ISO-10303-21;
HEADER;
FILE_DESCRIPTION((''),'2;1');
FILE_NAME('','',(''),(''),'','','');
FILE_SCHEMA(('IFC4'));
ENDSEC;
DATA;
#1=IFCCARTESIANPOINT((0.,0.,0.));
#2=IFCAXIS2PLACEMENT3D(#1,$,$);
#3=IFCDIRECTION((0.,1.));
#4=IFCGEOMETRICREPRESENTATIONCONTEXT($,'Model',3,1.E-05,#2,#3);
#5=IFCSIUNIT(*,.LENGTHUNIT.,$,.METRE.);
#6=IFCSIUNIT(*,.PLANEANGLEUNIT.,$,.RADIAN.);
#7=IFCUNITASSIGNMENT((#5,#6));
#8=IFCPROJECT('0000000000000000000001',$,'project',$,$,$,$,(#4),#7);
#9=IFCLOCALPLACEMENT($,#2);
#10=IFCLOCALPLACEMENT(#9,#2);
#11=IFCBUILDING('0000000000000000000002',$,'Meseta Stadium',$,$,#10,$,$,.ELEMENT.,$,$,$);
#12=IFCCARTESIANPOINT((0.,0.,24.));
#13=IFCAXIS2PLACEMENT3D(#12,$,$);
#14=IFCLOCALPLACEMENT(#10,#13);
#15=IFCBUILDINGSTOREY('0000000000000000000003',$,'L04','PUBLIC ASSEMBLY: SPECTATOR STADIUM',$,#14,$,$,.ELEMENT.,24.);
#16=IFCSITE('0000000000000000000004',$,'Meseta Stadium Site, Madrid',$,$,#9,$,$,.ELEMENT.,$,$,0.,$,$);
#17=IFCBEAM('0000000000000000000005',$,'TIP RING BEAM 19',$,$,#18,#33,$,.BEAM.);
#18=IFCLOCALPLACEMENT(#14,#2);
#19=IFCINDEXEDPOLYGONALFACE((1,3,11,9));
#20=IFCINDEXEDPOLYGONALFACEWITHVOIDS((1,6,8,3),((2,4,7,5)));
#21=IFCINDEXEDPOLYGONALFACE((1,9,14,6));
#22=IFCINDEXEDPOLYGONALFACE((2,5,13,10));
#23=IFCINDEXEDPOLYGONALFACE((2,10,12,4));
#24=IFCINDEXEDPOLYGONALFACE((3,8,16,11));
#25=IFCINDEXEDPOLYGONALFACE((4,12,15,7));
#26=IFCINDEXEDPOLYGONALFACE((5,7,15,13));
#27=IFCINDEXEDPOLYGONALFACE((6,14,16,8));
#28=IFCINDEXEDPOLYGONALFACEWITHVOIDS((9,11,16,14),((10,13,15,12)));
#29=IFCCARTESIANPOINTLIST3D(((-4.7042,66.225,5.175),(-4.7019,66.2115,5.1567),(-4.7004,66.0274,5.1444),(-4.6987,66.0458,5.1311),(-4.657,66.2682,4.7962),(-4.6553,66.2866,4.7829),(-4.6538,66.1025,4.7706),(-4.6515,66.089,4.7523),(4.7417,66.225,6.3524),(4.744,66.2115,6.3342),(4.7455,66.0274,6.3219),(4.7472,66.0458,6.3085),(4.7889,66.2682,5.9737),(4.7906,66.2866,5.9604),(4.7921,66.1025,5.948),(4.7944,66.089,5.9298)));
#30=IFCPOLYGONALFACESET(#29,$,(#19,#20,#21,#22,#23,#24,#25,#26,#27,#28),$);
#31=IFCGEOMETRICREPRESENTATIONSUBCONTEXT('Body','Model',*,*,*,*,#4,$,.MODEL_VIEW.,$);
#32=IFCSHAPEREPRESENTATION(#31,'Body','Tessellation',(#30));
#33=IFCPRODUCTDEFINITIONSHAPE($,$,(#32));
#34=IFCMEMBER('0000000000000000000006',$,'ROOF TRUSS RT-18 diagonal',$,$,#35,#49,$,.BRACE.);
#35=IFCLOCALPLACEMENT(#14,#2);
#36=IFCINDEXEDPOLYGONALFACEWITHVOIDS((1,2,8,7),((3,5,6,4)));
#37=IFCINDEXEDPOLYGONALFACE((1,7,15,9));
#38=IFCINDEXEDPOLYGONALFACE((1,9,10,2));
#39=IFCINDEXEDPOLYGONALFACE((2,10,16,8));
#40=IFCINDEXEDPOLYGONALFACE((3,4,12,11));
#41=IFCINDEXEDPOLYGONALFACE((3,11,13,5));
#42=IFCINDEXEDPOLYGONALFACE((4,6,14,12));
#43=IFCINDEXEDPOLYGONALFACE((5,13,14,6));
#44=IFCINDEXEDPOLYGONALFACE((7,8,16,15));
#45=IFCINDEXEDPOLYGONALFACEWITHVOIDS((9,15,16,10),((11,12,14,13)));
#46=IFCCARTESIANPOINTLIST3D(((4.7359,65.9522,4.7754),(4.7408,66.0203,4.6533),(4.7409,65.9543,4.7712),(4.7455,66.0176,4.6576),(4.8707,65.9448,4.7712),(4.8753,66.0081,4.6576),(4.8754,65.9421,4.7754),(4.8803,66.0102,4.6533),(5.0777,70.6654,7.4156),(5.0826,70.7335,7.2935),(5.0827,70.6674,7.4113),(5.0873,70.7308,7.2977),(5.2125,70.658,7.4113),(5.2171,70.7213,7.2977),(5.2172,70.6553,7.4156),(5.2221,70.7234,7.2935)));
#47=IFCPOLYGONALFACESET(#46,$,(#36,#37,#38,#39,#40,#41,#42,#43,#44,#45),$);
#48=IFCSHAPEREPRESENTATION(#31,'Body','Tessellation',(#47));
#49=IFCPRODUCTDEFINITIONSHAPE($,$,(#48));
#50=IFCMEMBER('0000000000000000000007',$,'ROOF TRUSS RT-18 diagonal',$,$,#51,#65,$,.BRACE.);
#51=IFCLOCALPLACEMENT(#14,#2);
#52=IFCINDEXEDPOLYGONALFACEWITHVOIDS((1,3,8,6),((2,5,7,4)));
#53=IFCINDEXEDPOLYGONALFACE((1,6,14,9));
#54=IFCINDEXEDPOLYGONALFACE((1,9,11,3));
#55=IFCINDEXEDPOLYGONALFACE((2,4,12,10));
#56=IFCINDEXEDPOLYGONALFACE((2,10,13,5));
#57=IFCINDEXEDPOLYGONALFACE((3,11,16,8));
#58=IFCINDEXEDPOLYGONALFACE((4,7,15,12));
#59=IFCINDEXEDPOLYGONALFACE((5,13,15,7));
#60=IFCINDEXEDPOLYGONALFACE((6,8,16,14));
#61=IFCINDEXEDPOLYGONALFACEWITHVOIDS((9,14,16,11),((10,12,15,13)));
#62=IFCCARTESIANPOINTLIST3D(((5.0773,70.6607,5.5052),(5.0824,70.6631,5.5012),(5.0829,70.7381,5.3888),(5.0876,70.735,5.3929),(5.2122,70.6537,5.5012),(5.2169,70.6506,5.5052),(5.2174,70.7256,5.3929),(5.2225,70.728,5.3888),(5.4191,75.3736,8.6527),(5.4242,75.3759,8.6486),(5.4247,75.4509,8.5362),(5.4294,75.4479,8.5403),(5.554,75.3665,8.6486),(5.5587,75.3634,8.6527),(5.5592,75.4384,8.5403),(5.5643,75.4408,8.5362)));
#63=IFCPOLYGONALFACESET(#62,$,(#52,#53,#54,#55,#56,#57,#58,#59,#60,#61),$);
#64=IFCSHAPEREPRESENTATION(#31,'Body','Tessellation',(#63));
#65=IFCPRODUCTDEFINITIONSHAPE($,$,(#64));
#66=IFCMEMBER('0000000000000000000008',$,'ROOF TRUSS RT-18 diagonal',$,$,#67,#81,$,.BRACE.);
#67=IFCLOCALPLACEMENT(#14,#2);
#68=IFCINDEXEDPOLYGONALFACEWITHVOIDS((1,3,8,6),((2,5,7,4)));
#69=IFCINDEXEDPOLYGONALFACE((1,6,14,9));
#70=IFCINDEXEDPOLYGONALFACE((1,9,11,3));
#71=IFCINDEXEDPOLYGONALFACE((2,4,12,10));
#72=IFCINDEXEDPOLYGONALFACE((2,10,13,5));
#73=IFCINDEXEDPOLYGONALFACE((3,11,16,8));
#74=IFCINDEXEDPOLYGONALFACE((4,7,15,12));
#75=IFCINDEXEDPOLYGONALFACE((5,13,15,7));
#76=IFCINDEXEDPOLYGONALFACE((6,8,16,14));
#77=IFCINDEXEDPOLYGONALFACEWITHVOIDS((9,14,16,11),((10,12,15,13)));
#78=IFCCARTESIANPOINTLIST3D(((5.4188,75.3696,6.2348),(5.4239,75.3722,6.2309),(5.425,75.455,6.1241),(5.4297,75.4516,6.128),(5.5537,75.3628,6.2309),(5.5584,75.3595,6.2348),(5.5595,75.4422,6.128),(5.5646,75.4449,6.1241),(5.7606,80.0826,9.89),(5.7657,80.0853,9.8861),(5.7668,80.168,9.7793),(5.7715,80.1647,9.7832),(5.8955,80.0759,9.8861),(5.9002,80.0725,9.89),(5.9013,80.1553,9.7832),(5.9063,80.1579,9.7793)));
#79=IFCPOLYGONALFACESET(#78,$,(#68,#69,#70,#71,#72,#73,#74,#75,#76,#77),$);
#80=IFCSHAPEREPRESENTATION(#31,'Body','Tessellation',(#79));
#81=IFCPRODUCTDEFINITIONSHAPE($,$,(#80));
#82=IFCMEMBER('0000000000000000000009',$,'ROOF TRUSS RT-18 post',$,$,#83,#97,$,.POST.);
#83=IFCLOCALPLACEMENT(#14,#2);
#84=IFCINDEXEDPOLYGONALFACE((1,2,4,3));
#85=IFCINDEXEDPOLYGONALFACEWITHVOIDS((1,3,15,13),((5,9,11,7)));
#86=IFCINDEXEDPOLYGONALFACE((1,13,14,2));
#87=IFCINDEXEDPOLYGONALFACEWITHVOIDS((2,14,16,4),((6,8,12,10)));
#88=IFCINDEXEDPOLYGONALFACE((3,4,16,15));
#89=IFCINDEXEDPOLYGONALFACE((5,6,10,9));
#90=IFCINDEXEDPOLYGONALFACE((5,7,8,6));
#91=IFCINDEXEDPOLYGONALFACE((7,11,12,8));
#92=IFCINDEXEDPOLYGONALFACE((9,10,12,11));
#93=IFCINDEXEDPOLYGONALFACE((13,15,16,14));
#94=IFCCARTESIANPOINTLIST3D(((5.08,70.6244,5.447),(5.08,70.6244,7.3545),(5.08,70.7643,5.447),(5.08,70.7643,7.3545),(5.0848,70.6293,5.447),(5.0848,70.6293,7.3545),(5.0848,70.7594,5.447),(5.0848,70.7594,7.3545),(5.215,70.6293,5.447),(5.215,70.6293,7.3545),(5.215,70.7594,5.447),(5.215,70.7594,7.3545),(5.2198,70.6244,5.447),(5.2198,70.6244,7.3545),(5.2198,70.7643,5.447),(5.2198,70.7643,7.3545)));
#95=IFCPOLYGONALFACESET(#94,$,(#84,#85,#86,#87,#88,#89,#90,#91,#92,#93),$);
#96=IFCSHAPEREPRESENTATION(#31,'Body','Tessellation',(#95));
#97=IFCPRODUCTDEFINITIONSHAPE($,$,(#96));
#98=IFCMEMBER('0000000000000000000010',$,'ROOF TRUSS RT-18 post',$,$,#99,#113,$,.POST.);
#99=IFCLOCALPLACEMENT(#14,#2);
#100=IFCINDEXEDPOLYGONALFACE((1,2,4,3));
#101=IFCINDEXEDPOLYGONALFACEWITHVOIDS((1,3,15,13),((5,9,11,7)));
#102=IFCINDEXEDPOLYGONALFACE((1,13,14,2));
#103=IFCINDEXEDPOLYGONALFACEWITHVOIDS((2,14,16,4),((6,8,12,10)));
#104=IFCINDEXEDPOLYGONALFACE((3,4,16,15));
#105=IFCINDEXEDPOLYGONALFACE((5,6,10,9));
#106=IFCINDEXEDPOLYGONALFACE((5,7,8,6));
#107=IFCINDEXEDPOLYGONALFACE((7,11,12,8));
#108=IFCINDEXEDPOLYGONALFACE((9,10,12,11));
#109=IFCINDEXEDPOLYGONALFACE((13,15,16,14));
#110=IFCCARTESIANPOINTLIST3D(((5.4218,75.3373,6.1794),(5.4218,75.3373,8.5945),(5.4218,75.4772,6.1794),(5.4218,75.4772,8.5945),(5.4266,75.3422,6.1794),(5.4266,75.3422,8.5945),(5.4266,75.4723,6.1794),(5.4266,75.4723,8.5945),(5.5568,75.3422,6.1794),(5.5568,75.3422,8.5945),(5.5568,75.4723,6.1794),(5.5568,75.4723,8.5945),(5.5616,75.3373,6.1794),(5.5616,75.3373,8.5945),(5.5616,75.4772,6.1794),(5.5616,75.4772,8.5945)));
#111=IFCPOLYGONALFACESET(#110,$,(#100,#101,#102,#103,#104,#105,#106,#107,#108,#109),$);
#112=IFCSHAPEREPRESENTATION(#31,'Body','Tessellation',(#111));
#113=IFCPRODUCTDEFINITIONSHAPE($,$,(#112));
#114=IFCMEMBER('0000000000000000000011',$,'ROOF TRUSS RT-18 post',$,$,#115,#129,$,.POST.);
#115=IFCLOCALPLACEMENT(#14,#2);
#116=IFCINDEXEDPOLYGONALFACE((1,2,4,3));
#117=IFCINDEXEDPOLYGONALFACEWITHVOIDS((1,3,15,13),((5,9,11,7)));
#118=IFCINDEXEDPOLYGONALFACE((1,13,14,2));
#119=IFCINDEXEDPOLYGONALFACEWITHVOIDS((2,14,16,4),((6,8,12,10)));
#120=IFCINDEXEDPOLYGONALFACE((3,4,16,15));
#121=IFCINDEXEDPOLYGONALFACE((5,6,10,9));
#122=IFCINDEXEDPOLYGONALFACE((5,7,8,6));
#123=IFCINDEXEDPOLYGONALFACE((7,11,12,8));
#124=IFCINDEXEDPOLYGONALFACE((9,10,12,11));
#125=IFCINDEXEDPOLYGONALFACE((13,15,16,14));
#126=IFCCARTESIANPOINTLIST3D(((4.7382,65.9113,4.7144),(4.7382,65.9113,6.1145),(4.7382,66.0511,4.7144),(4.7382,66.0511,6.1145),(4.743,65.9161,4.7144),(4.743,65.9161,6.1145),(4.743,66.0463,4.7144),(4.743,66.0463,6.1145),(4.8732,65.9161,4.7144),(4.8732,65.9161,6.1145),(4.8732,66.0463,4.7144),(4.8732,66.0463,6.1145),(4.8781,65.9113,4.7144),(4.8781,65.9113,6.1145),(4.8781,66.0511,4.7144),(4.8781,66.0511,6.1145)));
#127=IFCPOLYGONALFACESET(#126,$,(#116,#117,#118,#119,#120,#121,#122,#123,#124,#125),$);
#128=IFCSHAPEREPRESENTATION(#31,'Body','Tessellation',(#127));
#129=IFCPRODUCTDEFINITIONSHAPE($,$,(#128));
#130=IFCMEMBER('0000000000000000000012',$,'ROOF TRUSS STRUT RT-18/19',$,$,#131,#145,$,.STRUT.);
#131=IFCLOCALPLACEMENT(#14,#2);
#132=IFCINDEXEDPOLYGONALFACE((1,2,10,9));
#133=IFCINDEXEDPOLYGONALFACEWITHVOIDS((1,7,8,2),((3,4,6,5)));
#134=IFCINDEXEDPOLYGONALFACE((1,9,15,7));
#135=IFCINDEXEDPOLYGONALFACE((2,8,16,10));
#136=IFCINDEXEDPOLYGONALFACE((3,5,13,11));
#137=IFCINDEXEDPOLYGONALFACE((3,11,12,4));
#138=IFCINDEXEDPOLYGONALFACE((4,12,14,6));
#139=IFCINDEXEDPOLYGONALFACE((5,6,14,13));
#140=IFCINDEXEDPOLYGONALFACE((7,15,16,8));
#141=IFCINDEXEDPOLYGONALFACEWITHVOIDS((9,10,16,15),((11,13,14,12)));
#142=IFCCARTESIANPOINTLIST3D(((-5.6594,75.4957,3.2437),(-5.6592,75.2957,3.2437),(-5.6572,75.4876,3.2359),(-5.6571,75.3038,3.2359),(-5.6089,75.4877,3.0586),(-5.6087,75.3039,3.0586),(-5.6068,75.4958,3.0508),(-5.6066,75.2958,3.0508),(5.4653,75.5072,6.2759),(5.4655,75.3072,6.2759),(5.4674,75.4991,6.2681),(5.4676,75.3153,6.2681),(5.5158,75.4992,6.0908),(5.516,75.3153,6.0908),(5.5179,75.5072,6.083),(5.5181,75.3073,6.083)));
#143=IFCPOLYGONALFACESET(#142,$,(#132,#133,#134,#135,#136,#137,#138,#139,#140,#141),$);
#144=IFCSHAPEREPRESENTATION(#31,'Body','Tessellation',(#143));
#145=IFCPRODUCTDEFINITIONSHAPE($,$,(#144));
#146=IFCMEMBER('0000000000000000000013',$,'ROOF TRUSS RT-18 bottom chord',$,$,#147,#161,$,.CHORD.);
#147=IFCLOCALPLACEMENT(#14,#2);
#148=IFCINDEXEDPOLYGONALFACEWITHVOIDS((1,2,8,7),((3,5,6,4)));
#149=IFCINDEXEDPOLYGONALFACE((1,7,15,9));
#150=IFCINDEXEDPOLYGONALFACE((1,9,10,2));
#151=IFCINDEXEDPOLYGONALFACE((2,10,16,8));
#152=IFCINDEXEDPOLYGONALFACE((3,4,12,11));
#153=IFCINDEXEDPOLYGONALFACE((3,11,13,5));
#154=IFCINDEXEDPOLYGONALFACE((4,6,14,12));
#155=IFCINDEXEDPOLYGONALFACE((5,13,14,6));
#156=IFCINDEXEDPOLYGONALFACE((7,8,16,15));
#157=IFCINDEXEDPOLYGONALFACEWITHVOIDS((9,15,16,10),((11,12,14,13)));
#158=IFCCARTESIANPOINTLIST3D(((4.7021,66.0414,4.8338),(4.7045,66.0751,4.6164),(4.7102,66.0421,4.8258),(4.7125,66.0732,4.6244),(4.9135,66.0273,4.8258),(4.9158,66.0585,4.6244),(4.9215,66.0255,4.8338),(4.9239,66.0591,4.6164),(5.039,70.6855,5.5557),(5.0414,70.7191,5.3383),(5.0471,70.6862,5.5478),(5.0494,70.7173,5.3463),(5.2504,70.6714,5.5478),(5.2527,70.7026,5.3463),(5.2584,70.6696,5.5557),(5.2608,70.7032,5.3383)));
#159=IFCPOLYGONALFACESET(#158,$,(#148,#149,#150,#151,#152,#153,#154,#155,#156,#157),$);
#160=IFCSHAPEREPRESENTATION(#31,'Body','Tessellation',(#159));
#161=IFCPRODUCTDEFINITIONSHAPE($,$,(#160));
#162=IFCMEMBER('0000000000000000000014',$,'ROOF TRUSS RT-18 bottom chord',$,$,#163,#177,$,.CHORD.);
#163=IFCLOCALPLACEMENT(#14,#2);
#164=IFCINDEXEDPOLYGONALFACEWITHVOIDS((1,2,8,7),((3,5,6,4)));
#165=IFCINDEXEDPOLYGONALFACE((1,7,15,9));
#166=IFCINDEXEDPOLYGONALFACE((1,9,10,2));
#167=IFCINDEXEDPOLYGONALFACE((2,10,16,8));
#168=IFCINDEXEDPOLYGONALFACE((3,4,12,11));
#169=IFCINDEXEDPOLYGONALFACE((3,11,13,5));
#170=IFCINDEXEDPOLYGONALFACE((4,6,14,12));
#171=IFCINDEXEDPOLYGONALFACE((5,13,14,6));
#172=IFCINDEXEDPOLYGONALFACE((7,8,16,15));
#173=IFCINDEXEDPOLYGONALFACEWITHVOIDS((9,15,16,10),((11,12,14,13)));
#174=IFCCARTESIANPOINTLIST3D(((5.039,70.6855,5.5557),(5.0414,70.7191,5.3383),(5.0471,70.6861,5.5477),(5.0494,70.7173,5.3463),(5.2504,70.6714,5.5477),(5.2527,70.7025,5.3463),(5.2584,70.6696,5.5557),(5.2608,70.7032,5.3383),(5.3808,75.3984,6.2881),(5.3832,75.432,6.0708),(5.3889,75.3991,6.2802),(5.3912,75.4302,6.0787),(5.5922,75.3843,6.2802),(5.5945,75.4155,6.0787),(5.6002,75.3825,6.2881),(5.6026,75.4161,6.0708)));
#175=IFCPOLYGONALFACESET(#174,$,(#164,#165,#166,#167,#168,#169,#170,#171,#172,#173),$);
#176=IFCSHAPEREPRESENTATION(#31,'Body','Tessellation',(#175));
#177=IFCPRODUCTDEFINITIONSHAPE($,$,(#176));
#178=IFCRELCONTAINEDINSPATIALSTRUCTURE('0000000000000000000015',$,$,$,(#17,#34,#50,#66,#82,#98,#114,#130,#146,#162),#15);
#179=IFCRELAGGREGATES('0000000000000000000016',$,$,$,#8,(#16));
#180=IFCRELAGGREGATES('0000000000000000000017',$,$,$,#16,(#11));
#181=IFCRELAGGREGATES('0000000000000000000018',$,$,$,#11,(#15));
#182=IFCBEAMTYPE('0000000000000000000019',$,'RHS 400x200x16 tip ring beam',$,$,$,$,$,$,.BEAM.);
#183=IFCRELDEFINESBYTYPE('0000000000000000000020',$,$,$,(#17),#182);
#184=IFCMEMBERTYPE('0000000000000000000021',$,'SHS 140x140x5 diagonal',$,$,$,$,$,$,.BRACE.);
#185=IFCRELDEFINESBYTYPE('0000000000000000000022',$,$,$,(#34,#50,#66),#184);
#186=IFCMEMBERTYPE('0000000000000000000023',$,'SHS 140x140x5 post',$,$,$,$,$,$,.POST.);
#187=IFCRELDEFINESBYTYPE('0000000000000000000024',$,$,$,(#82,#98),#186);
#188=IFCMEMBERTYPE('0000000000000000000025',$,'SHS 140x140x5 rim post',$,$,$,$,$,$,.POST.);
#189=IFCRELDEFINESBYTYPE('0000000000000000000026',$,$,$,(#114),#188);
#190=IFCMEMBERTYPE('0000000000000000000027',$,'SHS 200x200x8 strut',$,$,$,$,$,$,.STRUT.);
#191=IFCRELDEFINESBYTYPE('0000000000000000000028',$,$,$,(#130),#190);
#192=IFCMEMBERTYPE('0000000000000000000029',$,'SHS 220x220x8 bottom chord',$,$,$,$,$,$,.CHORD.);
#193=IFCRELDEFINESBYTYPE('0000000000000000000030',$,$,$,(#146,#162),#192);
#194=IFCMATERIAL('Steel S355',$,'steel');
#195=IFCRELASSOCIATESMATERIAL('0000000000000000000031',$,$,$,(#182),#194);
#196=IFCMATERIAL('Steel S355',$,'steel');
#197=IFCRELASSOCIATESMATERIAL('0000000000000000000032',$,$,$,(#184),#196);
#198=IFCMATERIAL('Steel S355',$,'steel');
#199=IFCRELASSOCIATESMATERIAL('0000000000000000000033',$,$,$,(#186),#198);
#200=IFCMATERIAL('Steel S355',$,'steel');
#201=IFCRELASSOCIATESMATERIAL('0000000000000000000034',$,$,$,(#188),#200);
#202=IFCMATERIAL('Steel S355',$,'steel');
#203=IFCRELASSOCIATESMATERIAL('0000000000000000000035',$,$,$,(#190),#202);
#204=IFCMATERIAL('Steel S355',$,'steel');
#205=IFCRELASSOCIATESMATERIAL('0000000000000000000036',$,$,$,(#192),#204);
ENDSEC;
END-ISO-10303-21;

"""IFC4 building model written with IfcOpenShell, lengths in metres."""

from ifc_helpers import new_model, si_unit, direction, frame, origin, origin_2d, place, context, subcontext, project, spatial, hollow_rectangle, extrude, material, material_profile, profile_set, type_object, element, save


model = new_model("IFC4")

# Units and contexts
model_context = context("Model", 3, precision=1e-05, world=origin(), true_north=direction((0.0, 1.0)))
body_context = subcontext(model_context, "Body", "Model", "MODEL_VIEW")
ifc_project = project(units=[si_unit("LENGTHUNIT", "METRE"), si_unit("PLANEANGLEUNIT", "RADIAN")], contexts=[model_context])

# Site, building, storey
site_placement = place(None, origin())
site = spatial("IfcSite", under=ifc_project, at=site_placement, Name="Meseta Stadium Site, Madrid", CompositionType="ELEMENT", RefElevation=0.0)
building_placement = place(site_placement, origin())
building = spatial("IfcBuilding", under=site, at=building_placement, Name="Meseta Stadium", CompositionType="ELEMENT")
storey_placement = place(building_placement, frame((0.0, 0.0, 24.0)))
storey = spatial("IfcBuildingStorey", under=building, at=storey_placement, Name="L04", Description="PUBLIC ASSEMBLY: SPECTATOR STADIUM", CompositionType="ELEMENT", Elevation=24.0)

# Beam
ifc_material_1 = material(Name="Steel S355", Category="steel")
ifc_material_profile_1 = material_profile(ifc_material_1, hollow_rectangle(XDim=0.2, YDim=0.3999, WallThickness=0.0161, at=origin_2d()), Name="RHS 400x200x16")
ifc_profile_set_1 = profile_set([ifc_material_profile_1], Name="Steel S355")
beam_type = type_object("IfcBeamType", Name="RHS 400x200x16 tip ring beam", PredefinedType="BEAM", material=ifc_profile_set_1)
beam_placement = place(storey_placement, frame((4.7681, 66.157, 6.1411), z_axis=(-0.99232, 0.0, -0.123697), x_axis=(0.019062, -0.988055, -0.152917)))
element("IfcBeam", 1, at=beam_placement, inside=storey, type_object=beam_type, Name="TIP RING BEAM 19", PredefinedType="BEAM", context=body_context, shape_type="SweptSolid", body=[
    extrude(hollow_rectangle(XDim=0.2, YDim=0.3999, WallThickness=0.0161, at=origin_2d()), origin(), (0.0, 0.0, 1.0), 9.519),
])

# Members
ifc_material_2 = material(Name="Steel S355", Category="steel")
ifc_material_profile_2 = material_profile(ifc_material_2, hollow_rectangle(XDim=0.1399, YDim=0.1399, WallThickness=0.0049, at=origin_2d()), Name="SHS 140x140x5")
ifc_profile_set_2 = profile_set([ifc_material_profile_2], Name="Steel S355")
member_type_1 = type_object("IfcMemberType", Name="SHS 140x140x5 diagonal", PredefinedType="BRACE", material=ifc_profile_set_2)
member_1_placement = place(storey_placement, frame((4.8081, 65.9812, 4.7144), z_axis=(0.063143, 0.870703, 0.487738), x_axis=(-0.997381, 0.07233, 0.0)))
element("IfcMember", 2, at=member_1_placement, inside=storey, type_object=member_type_1, Name="ROOF TRUSS RT-18 diagonal", PredefinedType="BRACE", context=body_context, shape_type="SweptSolid", body=[
    extrude(hollow_rectangle(XDim=0.1399, YDim=0.1399, WallThickness=0.0049, at=origin_2d()), origin(), (0.0, 0.0, 1.0), 5.4131),
])
member_2_placement = place(storey_placement, frame((5.1499, 70.6943, 5.447), z_axis=(0.060201, 0.830091, 0.554369), x_axis=(-0.99738, 0.072334, 0.0)))
element("IfcMember", 3, at=member_2_placement, inside=storey, type_object=member_type_1, Name="ROOF TRUSS RT-18 diagonal", PredefinedType="BRACE", context=body_context, shape_type="SweptSolid", body=[
    extrude(hollow_rectangle(XDim=0.1399, YDim=0.1399, WallThickness=0.0049, at=origin_2d()), origin(), (0.0, 0.0, 1.0), 5.6775),
])
member_3_placement = place(storey_placement, frame((5.4917, 75.4072, 6.1794), z_axis=(0.057212, 0.78891, 0.61184), x_axis=(-0.997381, 0.07233, 0.0)))
element("IfcMember", 4, at=member_3_placement, inside=storey, type_object=member_type_1, Name="ROOF TRUSS RT-18 diagonal", PredefinedType="BRACE", context=body_context, shape_type="SweptSolid", body=[
    extrude(hollow_rectangle(XDim=0.1399, YDim=0.1399, WallThickness=0.0049, at=origin_2d()), origin(), (0.0, 0.0, 1.0), 5.9741),
])
ifc_material_3 = material(Name="Steel S355", Category="steel")
ifc_material_profile_3 = material_profile(ifc_material_3, hollow_rectangle(XDim=0.1399, YDim=0.1399, WallThickness=0.0049, at=origin_2d()), Name="SHS 140x140x5")
ifc_profile_set_3 = profile_set([ifc_material_profile_3], Name="Steel S355")
member_type_2 = type_object("IfcMemberType", Name="SHS 140x140x5 post", PredefinedType="POST", material=ifc_profile_set_3)
member_4_placement = place(storey_placement, frame((5.1499, 70.6943, 5.447), z_axis=(0.0, 0.0, 1.0), x_axis=(1.0, 0.0, 0.0)))
element("IfcMember", 5, at=member_4_placement, inside=storey, type_object=member_type_2, Name="ROOF TRUSS RT-18 post", PredefinedType="POST", context=body_context, shape_type="SweptSolid", body=[
    extrude(hollow_rectangle(XDim=0.1399, YDim=0.1399, WallThickness=0.0049, at=origin_2d()), origin(), (0.0, 0.0, 1.0), 1.9075),
])
member_5_placement = place(storey_placement, frame((5.4917, 75.4072, 6.1794), z_axis=(0.0, 0.0, 1.0), x_axis=(1.0, 0.0, 0.0)))
element("IfcMember", 6, at=member_5_placement, inside=storey, type_object=member_type_2, Name="ROOF TRUSS RT-18 post", PredefinedType="POST", context=body_context, shape_type="SweptSolid", body=[
    extrude(hollow_rectangle(XDim=0.1399, YDim=0.1399, WallThickness=0.0049, at=origin_2d()), origin(), (0.0, 0.0, 1.0), 2.415),
])
ifc_material_4 = material(Name="Steel S355", Category="steel")
ifc_material_profile_4 = material_profile(ifc_material_4, hollow_rectangle(XDim=0.1399, YDim=0.1399, WallThickness=0.0049, at=origin_2d()), Name="SHS 140x140x5")
ifc_profile_set_4 = profile_set([ifc_material_profile_4], Name="Steel S355")
member_type_3 = type_object("IfcMemberType", Name="SHS 140x140x5 rim post", PredefinedType="POST", material=ifc_profile_set_4)
member_6_placement = place(storey_placement, frame((4.8081, 65.9812, 4.7144), z_axis=(0.0, 0.0, 1.0), x_axis=(1.0, 0.0, 0.0)))
element("IfcMember", 7, at=member_6_placement, inside=storey, type_object=member_type_3, Name="ROOF TRUSS RT-18 post", PredefinedType="POST", context=body_context, shape_type="SweptSolid", body=[
    extrude(hollow_rectangle(XDim=0.1399, YDim=0.1399, WallThickness=0.0049, at=origin_2d()), origin(), (0.0, 0.0, 1.0), 1.4001),
])
ifc_material_5 = material(Name="Steel S355", Category="steel")
ifc_material_profile_5 = material_profile(ifc_material_5, hollow_rectangle(XDim=0.2, YDim=0.2, WallThickness=0.0081, at=origin_2d()), Name="SHS 200x200x8")
ifc_profile_set_5 = profile_set([ifc_material_profile_5], Name="Steel S355")
member_type_4 = type_object("IfcMemberType", Name="SHS 200x200x8 strut", PredefinedType="STRUT", material=ifc_profile_set_5)
member_7_placement = place(storey_placement, frame((5.4917, 75.4072, 6.1794), z_axis=(-0.964803, -0.000995, -0.262972), x_axis=(0.001031, -0.999999, 0.0)))
element("IfcMember", 8, at=member_7_placement, inside=storey, type_object=member_type_4, Name="ROOF TRUSS STRUT RT-18/19", PredefinedType="STRUT", context=body_context, shape_type="SweptSolid", body=[
    extrude(hollow_rectangle(XDim=0.2, YDim=0.2, WallThickness=0.0081, at=origin_2d()), origin(), (0.0, 0.0, 1.0), 11.5305),
])
ifc_material_6 = material(Name="Steel S355", Category="steel")
ifc_material_profile_6 = material_profile(ifc_material_6, hollow_rectangle(XDim=0.22, YDim=0.22, WallThickness=0.0081, at=origin_2d()), Name="SHS 220x220x8")
ifc_profile_set_6 = profile_set([ifc_material_profile_6], Name="Steel S355")
member_type_5 = type_object("IfcMemberType", Name="SHS 220x220x8 bottom chord", PredefinedType="CHORD", material=ifc_profile_set_6)
member_8_placement = place(storey_placement, frame((4.813, 66.0503, 4.7251), z_axis=(0.071503, 0.985603, 0.153214), x_axis=(-0.997379, 0.072357, 0.0)))
element("IfcMember", 9, at=member_8_placement, inside=storey, type_object=member_type_5, Name="ROOF TRUSS RT-18 bottom chord", PredefinedType="CHORD", context=body_context, shape_type="SweptSolid", body=[
    extrude(hollow_rectangle(XDim=0.22, YDim=0.22, WallThickness=0.0081, at=origin_2d()), origin(), (0.0, 0.0, 1.0), 4.7119),
])
member_9_placement = place(storey_placement, frame((5.1499, 70.6943, 5.447), z_axis=(0.07148, 0.985611, 0.153172), x_axis=(-0.99738, 0.072334, 0.0)))
element("IfcMember", 10, at=member_9_placement, inside=storey, type_object=member_type_5, Name="ROOF TRUSS RT-18 bottom chord", PredefinedType="CHORD", context=body_context, shape_type="SweptSolid", body=[
    extrude(hollow_rectangle(XDim=0.22, YDim=0.22, WallThickness=0.0081, at=origin_2d()), origin(), (0.0, 0.0, 1.0), 4.7817),
])

save(model, "model.ifc")
